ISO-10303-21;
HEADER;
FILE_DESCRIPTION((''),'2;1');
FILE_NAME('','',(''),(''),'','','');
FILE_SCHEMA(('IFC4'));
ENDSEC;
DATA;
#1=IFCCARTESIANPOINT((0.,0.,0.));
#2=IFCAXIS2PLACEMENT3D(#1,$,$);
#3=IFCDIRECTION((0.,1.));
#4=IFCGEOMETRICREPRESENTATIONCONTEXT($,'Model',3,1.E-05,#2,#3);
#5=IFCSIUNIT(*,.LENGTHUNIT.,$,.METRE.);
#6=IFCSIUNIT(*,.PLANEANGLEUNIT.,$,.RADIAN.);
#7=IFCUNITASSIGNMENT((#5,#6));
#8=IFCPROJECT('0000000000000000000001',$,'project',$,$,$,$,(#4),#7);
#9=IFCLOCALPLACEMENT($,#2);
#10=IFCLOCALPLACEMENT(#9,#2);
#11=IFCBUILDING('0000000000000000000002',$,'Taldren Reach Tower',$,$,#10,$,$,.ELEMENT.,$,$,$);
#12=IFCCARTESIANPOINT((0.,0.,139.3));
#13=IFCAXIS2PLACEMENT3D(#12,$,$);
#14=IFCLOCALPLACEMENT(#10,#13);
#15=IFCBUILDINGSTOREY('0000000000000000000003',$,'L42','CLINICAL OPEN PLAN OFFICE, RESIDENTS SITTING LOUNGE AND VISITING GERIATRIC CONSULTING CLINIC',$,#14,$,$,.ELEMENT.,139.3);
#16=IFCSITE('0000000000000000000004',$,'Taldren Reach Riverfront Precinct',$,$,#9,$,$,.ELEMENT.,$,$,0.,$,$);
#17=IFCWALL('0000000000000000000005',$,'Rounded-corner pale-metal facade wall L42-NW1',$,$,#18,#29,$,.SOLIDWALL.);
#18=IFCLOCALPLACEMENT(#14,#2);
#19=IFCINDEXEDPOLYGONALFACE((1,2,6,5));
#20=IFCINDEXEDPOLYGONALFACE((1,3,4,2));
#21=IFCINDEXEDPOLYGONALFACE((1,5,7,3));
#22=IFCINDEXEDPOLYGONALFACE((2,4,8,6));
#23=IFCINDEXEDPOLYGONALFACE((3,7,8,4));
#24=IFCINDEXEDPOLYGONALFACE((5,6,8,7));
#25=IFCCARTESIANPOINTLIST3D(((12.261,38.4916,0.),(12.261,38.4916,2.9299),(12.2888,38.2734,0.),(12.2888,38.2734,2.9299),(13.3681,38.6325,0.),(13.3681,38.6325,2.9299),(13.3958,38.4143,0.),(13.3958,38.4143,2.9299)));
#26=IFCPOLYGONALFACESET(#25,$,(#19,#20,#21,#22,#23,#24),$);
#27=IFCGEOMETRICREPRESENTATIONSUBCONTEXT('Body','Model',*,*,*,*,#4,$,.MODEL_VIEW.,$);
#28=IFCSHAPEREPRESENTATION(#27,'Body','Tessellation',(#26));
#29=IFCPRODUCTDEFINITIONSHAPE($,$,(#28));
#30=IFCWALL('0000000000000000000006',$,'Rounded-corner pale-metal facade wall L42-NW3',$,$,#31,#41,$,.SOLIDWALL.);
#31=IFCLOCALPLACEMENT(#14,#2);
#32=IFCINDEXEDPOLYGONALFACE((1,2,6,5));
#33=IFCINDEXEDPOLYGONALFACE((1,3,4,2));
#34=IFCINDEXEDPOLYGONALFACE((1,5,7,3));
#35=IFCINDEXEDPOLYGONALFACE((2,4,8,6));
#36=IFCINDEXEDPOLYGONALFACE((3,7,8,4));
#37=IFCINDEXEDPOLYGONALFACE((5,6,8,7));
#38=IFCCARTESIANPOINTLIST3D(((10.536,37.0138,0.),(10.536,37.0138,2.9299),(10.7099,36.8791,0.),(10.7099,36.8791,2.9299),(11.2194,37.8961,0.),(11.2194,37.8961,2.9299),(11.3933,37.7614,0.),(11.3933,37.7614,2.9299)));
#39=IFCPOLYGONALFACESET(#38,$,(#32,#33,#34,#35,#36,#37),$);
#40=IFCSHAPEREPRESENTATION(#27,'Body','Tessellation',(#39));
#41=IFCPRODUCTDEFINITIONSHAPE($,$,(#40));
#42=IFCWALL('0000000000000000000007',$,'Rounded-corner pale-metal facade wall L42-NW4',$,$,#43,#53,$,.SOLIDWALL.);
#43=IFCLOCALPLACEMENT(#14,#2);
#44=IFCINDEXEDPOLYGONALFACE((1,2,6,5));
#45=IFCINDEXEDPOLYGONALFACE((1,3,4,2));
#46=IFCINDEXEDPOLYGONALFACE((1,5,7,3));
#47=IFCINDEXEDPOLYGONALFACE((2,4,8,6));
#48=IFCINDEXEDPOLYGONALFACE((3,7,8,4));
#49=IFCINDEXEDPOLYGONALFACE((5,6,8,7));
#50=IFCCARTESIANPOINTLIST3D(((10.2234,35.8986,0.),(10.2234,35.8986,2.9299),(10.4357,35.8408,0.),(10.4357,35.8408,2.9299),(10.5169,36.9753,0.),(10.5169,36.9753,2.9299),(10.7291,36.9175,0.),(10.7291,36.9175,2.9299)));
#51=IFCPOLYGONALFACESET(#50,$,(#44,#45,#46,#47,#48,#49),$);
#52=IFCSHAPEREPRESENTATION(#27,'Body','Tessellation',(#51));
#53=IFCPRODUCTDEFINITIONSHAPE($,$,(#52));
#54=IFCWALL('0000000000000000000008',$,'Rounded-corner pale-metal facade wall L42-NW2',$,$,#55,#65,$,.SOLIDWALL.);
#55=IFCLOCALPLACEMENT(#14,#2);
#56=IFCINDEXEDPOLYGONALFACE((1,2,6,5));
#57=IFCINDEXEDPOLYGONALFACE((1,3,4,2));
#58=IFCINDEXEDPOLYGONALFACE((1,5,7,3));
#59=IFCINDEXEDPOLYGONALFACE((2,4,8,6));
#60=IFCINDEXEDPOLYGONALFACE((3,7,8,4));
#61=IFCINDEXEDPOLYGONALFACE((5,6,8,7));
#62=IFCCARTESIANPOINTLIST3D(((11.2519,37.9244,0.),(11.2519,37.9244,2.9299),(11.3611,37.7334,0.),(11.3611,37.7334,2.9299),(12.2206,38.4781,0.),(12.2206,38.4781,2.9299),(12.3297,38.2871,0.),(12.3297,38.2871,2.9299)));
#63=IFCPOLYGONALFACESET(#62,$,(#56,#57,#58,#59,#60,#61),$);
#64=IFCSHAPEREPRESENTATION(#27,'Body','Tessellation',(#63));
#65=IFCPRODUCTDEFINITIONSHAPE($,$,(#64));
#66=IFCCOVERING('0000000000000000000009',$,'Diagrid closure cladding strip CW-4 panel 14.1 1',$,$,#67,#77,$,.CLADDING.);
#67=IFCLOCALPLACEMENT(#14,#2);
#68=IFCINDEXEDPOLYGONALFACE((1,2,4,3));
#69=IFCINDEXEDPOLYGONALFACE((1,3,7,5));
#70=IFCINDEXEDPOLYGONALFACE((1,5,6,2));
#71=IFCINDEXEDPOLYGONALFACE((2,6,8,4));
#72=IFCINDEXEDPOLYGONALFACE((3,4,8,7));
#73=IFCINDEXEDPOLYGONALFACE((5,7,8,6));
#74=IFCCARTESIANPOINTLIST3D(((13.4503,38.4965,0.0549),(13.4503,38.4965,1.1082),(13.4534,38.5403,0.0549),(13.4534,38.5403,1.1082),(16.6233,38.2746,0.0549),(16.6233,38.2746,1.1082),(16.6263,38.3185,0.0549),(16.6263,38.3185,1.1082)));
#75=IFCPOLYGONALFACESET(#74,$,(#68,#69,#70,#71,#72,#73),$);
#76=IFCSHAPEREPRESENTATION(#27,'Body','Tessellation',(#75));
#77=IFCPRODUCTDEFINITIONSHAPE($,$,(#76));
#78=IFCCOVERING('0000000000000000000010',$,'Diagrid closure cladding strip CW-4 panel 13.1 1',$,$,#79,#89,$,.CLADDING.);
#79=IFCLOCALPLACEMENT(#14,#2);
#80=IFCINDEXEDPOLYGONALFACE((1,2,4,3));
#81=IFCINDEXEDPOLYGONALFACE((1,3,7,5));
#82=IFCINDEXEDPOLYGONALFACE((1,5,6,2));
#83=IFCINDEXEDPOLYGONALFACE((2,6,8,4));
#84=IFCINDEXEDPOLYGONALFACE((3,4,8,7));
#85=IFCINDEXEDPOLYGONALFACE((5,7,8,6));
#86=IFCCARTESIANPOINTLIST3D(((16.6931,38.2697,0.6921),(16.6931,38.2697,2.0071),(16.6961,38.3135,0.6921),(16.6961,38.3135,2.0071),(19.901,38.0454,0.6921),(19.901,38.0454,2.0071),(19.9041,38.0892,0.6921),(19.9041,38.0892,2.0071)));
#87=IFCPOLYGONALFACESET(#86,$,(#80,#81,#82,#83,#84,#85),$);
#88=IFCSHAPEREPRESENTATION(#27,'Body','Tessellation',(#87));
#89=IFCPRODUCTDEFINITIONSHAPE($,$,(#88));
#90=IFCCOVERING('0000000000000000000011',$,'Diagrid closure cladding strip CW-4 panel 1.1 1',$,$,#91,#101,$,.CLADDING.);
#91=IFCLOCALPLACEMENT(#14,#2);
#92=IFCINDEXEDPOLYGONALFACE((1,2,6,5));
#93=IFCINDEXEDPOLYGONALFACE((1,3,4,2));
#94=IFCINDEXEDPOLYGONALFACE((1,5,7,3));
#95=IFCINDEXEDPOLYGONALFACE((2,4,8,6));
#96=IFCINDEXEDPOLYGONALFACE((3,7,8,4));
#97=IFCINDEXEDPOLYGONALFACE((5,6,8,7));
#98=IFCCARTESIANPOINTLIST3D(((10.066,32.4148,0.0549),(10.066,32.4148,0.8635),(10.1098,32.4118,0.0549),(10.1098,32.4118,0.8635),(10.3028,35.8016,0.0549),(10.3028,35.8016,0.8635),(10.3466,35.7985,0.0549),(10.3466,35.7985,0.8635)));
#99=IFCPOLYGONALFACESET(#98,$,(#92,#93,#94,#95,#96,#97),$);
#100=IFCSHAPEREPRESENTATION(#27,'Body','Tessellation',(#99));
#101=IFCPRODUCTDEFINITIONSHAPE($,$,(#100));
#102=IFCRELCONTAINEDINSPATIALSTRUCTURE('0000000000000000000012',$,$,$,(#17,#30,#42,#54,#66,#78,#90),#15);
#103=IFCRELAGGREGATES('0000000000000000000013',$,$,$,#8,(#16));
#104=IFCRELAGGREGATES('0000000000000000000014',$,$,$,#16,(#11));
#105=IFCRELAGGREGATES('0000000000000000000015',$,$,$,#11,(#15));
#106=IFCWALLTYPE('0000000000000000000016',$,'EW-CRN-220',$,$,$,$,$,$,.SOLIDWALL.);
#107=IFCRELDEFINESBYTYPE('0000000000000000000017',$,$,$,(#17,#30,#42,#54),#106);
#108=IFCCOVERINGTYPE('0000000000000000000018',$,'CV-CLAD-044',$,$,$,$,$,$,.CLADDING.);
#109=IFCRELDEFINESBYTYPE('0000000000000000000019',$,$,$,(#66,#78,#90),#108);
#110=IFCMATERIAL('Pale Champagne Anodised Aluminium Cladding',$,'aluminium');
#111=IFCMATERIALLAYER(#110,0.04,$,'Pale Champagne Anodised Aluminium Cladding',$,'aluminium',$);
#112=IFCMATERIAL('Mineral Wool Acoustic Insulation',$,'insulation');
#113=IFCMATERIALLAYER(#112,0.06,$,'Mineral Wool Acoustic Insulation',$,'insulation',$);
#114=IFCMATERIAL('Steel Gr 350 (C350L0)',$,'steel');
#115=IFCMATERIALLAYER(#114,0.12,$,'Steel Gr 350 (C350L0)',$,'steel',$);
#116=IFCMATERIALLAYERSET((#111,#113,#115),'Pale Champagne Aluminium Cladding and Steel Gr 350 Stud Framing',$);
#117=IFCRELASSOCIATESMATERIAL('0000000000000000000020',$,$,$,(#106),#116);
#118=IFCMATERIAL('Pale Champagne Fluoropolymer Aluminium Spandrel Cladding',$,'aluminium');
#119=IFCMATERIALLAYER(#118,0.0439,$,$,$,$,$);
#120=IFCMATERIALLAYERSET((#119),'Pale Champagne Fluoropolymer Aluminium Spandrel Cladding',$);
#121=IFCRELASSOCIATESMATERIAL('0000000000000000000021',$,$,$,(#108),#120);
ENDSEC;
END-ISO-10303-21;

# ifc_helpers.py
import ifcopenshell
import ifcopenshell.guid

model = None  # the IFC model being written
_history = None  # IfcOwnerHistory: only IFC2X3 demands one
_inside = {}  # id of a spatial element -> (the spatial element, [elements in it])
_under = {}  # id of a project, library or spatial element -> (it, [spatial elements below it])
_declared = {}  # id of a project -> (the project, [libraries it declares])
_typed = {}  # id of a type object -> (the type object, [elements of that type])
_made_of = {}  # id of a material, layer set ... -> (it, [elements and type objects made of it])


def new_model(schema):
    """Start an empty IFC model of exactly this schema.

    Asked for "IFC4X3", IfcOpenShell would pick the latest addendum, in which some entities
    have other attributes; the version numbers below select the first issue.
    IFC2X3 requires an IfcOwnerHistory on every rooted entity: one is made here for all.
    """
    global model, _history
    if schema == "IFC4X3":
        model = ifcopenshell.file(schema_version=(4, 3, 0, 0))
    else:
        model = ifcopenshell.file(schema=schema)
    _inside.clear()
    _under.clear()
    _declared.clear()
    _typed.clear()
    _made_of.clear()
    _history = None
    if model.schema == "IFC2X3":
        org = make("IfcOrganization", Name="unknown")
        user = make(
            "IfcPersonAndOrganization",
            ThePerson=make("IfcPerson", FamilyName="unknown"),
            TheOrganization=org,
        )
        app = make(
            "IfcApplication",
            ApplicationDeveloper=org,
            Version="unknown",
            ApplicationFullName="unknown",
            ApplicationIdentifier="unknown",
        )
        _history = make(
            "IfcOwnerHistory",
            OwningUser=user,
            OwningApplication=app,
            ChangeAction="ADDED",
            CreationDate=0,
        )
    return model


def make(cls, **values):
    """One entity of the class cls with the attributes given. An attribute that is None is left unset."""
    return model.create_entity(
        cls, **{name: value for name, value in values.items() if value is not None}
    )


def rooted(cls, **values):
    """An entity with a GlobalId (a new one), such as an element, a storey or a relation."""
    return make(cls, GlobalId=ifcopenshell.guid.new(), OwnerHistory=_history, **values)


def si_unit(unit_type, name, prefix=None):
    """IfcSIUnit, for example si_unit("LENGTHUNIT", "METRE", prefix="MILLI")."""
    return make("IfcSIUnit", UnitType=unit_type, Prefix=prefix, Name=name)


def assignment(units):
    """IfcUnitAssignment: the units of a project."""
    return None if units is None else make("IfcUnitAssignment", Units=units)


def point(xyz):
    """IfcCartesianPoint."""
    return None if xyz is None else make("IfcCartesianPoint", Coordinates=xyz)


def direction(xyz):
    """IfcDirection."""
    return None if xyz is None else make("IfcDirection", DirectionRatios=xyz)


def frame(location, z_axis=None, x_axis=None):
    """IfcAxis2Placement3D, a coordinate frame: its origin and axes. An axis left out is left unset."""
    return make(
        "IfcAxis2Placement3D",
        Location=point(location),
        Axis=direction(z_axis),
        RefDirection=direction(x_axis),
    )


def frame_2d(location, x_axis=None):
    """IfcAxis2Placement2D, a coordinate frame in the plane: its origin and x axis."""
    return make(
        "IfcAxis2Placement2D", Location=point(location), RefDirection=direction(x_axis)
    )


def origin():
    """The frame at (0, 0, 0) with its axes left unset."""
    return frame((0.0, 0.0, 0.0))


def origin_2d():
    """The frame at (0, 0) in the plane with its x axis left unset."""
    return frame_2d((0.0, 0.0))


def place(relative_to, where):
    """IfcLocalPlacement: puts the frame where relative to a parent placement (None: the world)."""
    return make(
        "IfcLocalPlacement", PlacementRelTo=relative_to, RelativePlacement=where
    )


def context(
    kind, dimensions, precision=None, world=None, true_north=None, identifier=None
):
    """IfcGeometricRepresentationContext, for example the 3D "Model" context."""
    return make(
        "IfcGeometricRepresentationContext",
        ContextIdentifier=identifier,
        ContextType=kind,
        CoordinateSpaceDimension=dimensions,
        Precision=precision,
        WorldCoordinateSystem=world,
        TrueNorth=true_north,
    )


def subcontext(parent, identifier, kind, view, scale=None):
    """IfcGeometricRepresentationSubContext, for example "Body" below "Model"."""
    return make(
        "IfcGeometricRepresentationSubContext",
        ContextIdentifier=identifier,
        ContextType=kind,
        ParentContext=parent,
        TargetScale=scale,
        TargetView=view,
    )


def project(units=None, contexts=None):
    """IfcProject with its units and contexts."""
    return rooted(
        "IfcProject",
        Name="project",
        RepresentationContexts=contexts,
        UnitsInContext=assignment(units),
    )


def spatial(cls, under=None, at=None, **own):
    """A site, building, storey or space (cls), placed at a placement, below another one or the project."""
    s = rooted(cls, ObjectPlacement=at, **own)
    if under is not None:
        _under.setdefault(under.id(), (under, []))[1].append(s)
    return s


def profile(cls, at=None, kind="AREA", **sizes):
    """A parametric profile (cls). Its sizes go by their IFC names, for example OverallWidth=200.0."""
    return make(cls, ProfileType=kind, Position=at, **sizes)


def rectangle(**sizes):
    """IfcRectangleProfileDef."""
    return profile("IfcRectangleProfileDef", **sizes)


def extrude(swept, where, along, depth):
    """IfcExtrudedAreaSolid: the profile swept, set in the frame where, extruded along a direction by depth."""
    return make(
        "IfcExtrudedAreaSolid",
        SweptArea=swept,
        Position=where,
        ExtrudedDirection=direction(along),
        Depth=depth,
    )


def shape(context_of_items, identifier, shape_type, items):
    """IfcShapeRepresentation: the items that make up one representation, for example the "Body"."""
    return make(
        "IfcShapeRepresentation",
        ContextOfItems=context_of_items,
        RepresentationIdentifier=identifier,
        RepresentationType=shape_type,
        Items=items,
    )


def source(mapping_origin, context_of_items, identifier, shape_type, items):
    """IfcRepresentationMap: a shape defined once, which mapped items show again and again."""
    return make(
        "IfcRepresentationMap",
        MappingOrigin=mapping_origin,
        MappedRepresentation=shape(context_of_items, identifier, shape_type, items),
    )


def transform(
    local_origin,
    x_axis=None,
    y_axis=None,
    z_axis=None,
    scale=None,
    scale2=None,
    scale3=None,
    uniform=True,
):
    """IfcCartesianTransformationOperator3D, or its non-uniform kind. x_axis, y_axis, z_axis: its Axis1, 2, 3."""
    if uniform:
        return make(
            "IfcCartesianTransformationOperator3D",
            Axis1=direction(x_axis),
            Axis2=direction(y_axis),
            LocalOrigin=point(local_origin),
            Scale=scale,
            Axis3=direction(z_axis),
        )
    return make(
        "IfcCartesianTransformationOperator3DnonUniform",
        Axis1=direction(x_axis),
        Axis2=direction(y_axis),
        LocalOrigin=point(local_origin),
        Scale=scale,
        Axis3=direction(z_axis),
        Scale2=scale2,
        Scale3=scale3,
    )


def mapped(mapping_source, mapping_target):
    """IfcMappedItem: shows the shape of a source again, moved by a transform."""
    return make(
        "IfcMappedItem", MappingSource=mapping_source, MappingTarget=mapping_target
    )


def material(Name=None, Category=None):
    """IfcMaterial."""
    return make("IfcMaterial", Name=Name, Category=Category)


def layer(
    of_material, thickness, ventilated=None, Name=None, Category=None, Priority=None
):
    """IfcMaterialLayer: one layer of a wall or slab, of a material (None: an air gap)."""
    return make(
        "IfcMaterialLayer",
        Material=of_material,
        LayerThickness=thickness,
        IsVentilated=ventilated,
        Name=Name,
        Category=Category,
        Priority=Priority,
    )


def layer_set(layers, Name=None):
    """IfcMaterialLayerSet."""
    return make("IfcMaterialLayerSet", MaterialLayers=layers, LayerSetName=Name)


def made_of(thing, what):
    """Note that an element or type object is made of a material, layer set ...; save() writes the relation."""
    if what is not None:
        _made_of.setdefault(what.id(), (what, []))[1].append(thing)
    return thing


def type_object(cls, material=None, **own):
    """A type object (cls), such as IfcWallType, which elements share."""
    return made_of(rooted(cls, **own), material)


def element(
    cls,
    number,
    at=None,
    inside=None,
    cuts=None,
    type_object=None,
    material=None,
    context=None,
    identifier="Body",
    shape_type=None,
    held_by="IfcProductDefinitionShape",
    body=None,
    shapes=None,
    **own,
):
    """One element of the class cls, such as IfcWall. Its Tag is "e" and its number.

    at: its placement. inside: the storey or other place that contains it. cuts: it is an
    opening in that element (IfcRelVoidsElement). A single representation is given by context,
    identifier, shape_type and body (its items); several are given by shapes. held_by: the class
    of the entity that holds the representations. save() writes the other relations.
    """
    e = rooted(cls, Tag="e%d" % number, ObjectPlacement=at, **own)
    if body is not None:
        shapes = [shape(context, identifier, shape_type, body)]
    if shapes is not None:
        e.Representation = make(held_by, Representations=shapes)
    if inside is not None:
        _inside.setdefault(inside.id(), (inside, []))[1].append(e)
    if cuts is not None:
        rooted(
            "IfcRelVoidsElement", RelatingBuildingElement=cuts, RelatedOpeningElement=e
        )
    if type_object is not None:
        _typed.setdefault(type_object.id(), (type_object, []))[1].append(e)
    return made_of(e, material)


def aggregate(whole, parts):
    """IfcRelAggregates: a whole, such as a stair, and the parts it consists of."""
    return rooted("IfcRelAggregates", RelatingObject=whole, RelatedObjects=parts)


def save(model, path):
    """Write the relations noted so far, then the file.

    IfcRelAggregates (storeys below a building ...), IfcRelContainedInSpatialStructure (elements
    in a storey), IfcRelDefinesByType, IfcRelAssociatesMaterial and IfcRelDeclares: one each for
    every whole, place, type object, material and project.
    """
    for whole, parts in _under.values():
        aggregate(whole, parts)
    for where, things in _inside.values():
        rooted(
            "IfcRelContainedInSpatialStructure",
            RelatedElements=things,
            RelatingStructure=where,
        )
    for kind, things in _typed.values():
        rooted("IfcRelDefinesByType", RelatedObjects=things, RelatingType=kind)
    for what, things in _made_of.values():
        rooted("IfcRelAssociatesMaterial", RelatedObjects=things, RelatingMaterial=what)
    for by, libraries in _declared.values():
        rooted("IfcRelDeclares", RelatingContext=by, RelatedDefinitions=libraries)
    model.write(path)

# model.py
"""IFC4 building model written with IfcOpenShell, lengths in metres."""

from ifc_helpers import new_model, si_unit, direction, frame, frame_2d, origin, origin_2d, place, context, subcontext, project, spatial, rectangle, extrude, source, transform, mapped, material, layer, layer_set, type_object, element, save


model = new_model("IFC4")

# Units and contexts
model_context = context("Model", 3, precision=1e-05, world=origin(), true_north=direction((0.0, 1.0)))
body_context = subcontext(model_context, "Body", "Model", "MODEL_VIEW")
ifc_project = project(units=[si_unit("LENGTHUNIT", "METRE"), si_unit("PLANEANGLEUNIT", "RADIAN")], contexts=[model_context])

# Site, building, storey
site_placement = place(None, origin())
site = spatial("IfcSite", under=ifc_project, at=site_placement, Name="Taldren Reach Riverfront Precinct", CompositionType="ELEMENT", RefElevation=0.0)
building_placement = place(site_placement, origin())
building = spatial("IfcBuilding", under=site, at=building_placement, Name="Taldren Reach Tower", CompositionType="ELEMENT")
storey_placement = place(building_placement, frame((0.0, 0.0, 139.3)))
storey = spatial("IfcBuildingStorey", under=building, at=storey_placement, Name="L42", Description="CLINICAL OPEN PLAN OFFICE, RESIDENTS SITTING LOUNGE AND VISITING GERIATRIC CONSULTING CLINIC", CompositionType="ELEMENT", Elevation=139.3)

# Shared definitions
ifc_material_1 = material(Name="Steel Gr 350 (C350L0)", Category="steel")

# Walls
ifc_material_2 = material(Name="Pale Champagne Anodised Aluminium Cladding", Category="aluminium")
ifc_layer_1 = layer(ifc_material_2, 0.04, Name="Pale Champagne Anodised Aluminium Cladding", Category="aluminium")
ifc_material_3 = material(Name="Mineral Wool Acoustic Insulation", Category="insulation")
ifc_layer_2 = layer(ifc_material_3, 0.06, Name="Mineral Wool Acoustic Insulation", Category="insulation")
ifc_layer_3 = layer(ifc_material_1, 0.12, Name="Steel Gr 350 (C350L0)", Category="steel")
ifc_layer_set_1 = layer_set([ifc_layer_1, ifc_layer_2, ifc_layer_3], Name="Pale Champagne Aluminium Cladding and Steel Gr 350 Stud Framing")
wall_type = type_object("IfcWallType", Name="EW-CRN-220", PredefinedType="SOLIDWALL", material=ifc_layer_set_1)
shared_shape_1 = source(origin(), body_context, "Body", "SweptSolid", [
    extrude(rectangle(XDim=1.116, YDim=0.22, at=frame_2d((0.5581, 0.0))), origin(), (0.0, 0.0, 1.0), 2.9299),
])
for number, where, z_axis, x_axis, name in (
    (1, (13.3821, 38.5234, 0.0), (0.0, 0.0, 1.0), (-0.991999, -0.126243, 0.0), "Rounded-corner pale-metal facade wall L42-NW1"),
    (2, (11.3064, 37.8289, 0.0), (0.0, 0.0, 1.0), (-0.612319, -0.790611, 0.0), "Rounded-corner pale-metal facade wall L42-NW3"),
    (3, (10.623, 36.9465, 0.0), (0.0, 0.0, 1.0), (-0.262969, -0.964804, 0.0), "Rounded-corner pale-metal facade wall L42-NW4"),
):
    element("IfcWall", number, at=place(storey_placement, frame(where, z_axis=z_axis, x_axis=x_axis)), inside=storey, type_object=wall_type, Name=name, PredefinedType="SOLIDWALL", context=body_context, shape_type="MappedRepresentation", body=[
        mapped(shared_shape_1, transform((0.0, 0.0, 0.0), scale=1.0)),
    ])
shared_shape_2 = source(origin(), body_context, "Body", "SweptSolid", [
    extrude(rectangle(XDim=1.1157, YDim=0.22, at=frame_2d((0.5579, 0.0))), origin(), (0.0, 0.0, 1.0), 2.9299),
])
wall_placement = place(storey_placement, frame((12.2751, 38.3826, 0.0), z_axis=(0.0, 0.0, 1.0), x_axis=(-0.868189, -0.496233, 0.0)))
element("IfcWall", 4, at=wall_placement, inside=storey, type_object=wall_type, Name="Rounded-corner pale-metal facade wall L42-NW2", PredefinedType="SOLIDWALL", context=body_context, shape_type="MappedRepresentation", body=[
    mapped(shared_shape_2, transform((0.0, 0.0, 0.0), scale=1.0)),
])

# Coverings
ifc_material_4 = material(Name="Pale Champagne Fluoropolymer Aluminium Spandrel Cladding", Category="aluminium")
ifc_layer_4 = layer(ifc_material_4, 0.0439)
ifc_layer_set_2 = layer_set([ifc_layer_4], Name="Pale Champagne Fluoropolymer Aluminium Spandrel Cladding")
covering_type = type_object("IfcCoveringType", Name="CV-CLAD-044", PredefinedType="CLADDING", material=ifc_layer_set_2)
shared_shape_3 = source(origin(), body_context, "Body", "SweptSolid", [
    extrude(rectangle(XDim=3.1807, YDim=0.0439, at=origin_2d()), origin(), (0.0, 0.0, 1.0), 1.0532),
])
covering_1_placement = place(storey_placement, frame((15.0383, 38.4075, 0.0549), z_axis=(0.0, 0.0, 1.0), x_axis=(-0.997564, 0.069757, 0.0)))
element("IfcCovering", 5, at=covering_1_placement, inside=storey, type_object=covering_type, Name="Diagrid closure cladding strip CW-4 panel 14.1 1", PredefinedType="CLADDING", context=body_context, shape_type="MappedRepresentation", body=[
    mapped(shared_shape_3, transform((0.0, 0.0, 0.0), scale=1.0)),
])
shared_shape_4 = source(origin(), body_context, "Body", "SweptSolid", [
    extrude(rectangle(XDim=3.2158, YDim=0.0439, at=origin_2d()), origin(), (0.0, 0.0, 1.0), 1.3149),
])
covering_2_placement = place(storey_placement, frame((18.2986, 38.1794, 0.6921), z_axis=(0.0, 0.0, 1.0), x_axis=(-0.997564, 0.069757, 0.0)))
element("IfcCovering", 6, at=covering_2_placement, inside=storey, type_object=covering_type, Name="Diagrid closure cladding strip CW-4 panel 13.1 1", PredefinedType="CLADDING", context=body_context, shape_type="MappedRepresentation", body=[
    mapped(shared_shape_4, transform((0.0, 0.0, 0.0), scale=1.0)),
])
shared_shape_5 = source(origin(), body_context, "Body", "SweptSolid", [
    extrude(rectangle(XDim=3.395, YDim=0.0439, at=origin_2d()), origin(), (0.0, 0.0, 1.0), 0.8086),
])
covering_3_placement = place(storey_placement, frame((10.2063, 34.1067, 0.0549), z_axis=(0.0, 0.0, 1.0), x_axis=(-0.069756, -0.997564, 0.0)))
element("IfcCovering", 7, at=covering_3_placement, inside=storey, type_object=covering_type, Name="Diagrid closure cladding strip CW-4 panel 1.1 1", PredefinedType="CLADDING", context=body_context, shape_type="MappedRepresentation", body=[
    mapped(shared_shape_5, transform((0.0, 0.0, 0.0), scale=1.0)),
])

save(model, "model.ifc")
